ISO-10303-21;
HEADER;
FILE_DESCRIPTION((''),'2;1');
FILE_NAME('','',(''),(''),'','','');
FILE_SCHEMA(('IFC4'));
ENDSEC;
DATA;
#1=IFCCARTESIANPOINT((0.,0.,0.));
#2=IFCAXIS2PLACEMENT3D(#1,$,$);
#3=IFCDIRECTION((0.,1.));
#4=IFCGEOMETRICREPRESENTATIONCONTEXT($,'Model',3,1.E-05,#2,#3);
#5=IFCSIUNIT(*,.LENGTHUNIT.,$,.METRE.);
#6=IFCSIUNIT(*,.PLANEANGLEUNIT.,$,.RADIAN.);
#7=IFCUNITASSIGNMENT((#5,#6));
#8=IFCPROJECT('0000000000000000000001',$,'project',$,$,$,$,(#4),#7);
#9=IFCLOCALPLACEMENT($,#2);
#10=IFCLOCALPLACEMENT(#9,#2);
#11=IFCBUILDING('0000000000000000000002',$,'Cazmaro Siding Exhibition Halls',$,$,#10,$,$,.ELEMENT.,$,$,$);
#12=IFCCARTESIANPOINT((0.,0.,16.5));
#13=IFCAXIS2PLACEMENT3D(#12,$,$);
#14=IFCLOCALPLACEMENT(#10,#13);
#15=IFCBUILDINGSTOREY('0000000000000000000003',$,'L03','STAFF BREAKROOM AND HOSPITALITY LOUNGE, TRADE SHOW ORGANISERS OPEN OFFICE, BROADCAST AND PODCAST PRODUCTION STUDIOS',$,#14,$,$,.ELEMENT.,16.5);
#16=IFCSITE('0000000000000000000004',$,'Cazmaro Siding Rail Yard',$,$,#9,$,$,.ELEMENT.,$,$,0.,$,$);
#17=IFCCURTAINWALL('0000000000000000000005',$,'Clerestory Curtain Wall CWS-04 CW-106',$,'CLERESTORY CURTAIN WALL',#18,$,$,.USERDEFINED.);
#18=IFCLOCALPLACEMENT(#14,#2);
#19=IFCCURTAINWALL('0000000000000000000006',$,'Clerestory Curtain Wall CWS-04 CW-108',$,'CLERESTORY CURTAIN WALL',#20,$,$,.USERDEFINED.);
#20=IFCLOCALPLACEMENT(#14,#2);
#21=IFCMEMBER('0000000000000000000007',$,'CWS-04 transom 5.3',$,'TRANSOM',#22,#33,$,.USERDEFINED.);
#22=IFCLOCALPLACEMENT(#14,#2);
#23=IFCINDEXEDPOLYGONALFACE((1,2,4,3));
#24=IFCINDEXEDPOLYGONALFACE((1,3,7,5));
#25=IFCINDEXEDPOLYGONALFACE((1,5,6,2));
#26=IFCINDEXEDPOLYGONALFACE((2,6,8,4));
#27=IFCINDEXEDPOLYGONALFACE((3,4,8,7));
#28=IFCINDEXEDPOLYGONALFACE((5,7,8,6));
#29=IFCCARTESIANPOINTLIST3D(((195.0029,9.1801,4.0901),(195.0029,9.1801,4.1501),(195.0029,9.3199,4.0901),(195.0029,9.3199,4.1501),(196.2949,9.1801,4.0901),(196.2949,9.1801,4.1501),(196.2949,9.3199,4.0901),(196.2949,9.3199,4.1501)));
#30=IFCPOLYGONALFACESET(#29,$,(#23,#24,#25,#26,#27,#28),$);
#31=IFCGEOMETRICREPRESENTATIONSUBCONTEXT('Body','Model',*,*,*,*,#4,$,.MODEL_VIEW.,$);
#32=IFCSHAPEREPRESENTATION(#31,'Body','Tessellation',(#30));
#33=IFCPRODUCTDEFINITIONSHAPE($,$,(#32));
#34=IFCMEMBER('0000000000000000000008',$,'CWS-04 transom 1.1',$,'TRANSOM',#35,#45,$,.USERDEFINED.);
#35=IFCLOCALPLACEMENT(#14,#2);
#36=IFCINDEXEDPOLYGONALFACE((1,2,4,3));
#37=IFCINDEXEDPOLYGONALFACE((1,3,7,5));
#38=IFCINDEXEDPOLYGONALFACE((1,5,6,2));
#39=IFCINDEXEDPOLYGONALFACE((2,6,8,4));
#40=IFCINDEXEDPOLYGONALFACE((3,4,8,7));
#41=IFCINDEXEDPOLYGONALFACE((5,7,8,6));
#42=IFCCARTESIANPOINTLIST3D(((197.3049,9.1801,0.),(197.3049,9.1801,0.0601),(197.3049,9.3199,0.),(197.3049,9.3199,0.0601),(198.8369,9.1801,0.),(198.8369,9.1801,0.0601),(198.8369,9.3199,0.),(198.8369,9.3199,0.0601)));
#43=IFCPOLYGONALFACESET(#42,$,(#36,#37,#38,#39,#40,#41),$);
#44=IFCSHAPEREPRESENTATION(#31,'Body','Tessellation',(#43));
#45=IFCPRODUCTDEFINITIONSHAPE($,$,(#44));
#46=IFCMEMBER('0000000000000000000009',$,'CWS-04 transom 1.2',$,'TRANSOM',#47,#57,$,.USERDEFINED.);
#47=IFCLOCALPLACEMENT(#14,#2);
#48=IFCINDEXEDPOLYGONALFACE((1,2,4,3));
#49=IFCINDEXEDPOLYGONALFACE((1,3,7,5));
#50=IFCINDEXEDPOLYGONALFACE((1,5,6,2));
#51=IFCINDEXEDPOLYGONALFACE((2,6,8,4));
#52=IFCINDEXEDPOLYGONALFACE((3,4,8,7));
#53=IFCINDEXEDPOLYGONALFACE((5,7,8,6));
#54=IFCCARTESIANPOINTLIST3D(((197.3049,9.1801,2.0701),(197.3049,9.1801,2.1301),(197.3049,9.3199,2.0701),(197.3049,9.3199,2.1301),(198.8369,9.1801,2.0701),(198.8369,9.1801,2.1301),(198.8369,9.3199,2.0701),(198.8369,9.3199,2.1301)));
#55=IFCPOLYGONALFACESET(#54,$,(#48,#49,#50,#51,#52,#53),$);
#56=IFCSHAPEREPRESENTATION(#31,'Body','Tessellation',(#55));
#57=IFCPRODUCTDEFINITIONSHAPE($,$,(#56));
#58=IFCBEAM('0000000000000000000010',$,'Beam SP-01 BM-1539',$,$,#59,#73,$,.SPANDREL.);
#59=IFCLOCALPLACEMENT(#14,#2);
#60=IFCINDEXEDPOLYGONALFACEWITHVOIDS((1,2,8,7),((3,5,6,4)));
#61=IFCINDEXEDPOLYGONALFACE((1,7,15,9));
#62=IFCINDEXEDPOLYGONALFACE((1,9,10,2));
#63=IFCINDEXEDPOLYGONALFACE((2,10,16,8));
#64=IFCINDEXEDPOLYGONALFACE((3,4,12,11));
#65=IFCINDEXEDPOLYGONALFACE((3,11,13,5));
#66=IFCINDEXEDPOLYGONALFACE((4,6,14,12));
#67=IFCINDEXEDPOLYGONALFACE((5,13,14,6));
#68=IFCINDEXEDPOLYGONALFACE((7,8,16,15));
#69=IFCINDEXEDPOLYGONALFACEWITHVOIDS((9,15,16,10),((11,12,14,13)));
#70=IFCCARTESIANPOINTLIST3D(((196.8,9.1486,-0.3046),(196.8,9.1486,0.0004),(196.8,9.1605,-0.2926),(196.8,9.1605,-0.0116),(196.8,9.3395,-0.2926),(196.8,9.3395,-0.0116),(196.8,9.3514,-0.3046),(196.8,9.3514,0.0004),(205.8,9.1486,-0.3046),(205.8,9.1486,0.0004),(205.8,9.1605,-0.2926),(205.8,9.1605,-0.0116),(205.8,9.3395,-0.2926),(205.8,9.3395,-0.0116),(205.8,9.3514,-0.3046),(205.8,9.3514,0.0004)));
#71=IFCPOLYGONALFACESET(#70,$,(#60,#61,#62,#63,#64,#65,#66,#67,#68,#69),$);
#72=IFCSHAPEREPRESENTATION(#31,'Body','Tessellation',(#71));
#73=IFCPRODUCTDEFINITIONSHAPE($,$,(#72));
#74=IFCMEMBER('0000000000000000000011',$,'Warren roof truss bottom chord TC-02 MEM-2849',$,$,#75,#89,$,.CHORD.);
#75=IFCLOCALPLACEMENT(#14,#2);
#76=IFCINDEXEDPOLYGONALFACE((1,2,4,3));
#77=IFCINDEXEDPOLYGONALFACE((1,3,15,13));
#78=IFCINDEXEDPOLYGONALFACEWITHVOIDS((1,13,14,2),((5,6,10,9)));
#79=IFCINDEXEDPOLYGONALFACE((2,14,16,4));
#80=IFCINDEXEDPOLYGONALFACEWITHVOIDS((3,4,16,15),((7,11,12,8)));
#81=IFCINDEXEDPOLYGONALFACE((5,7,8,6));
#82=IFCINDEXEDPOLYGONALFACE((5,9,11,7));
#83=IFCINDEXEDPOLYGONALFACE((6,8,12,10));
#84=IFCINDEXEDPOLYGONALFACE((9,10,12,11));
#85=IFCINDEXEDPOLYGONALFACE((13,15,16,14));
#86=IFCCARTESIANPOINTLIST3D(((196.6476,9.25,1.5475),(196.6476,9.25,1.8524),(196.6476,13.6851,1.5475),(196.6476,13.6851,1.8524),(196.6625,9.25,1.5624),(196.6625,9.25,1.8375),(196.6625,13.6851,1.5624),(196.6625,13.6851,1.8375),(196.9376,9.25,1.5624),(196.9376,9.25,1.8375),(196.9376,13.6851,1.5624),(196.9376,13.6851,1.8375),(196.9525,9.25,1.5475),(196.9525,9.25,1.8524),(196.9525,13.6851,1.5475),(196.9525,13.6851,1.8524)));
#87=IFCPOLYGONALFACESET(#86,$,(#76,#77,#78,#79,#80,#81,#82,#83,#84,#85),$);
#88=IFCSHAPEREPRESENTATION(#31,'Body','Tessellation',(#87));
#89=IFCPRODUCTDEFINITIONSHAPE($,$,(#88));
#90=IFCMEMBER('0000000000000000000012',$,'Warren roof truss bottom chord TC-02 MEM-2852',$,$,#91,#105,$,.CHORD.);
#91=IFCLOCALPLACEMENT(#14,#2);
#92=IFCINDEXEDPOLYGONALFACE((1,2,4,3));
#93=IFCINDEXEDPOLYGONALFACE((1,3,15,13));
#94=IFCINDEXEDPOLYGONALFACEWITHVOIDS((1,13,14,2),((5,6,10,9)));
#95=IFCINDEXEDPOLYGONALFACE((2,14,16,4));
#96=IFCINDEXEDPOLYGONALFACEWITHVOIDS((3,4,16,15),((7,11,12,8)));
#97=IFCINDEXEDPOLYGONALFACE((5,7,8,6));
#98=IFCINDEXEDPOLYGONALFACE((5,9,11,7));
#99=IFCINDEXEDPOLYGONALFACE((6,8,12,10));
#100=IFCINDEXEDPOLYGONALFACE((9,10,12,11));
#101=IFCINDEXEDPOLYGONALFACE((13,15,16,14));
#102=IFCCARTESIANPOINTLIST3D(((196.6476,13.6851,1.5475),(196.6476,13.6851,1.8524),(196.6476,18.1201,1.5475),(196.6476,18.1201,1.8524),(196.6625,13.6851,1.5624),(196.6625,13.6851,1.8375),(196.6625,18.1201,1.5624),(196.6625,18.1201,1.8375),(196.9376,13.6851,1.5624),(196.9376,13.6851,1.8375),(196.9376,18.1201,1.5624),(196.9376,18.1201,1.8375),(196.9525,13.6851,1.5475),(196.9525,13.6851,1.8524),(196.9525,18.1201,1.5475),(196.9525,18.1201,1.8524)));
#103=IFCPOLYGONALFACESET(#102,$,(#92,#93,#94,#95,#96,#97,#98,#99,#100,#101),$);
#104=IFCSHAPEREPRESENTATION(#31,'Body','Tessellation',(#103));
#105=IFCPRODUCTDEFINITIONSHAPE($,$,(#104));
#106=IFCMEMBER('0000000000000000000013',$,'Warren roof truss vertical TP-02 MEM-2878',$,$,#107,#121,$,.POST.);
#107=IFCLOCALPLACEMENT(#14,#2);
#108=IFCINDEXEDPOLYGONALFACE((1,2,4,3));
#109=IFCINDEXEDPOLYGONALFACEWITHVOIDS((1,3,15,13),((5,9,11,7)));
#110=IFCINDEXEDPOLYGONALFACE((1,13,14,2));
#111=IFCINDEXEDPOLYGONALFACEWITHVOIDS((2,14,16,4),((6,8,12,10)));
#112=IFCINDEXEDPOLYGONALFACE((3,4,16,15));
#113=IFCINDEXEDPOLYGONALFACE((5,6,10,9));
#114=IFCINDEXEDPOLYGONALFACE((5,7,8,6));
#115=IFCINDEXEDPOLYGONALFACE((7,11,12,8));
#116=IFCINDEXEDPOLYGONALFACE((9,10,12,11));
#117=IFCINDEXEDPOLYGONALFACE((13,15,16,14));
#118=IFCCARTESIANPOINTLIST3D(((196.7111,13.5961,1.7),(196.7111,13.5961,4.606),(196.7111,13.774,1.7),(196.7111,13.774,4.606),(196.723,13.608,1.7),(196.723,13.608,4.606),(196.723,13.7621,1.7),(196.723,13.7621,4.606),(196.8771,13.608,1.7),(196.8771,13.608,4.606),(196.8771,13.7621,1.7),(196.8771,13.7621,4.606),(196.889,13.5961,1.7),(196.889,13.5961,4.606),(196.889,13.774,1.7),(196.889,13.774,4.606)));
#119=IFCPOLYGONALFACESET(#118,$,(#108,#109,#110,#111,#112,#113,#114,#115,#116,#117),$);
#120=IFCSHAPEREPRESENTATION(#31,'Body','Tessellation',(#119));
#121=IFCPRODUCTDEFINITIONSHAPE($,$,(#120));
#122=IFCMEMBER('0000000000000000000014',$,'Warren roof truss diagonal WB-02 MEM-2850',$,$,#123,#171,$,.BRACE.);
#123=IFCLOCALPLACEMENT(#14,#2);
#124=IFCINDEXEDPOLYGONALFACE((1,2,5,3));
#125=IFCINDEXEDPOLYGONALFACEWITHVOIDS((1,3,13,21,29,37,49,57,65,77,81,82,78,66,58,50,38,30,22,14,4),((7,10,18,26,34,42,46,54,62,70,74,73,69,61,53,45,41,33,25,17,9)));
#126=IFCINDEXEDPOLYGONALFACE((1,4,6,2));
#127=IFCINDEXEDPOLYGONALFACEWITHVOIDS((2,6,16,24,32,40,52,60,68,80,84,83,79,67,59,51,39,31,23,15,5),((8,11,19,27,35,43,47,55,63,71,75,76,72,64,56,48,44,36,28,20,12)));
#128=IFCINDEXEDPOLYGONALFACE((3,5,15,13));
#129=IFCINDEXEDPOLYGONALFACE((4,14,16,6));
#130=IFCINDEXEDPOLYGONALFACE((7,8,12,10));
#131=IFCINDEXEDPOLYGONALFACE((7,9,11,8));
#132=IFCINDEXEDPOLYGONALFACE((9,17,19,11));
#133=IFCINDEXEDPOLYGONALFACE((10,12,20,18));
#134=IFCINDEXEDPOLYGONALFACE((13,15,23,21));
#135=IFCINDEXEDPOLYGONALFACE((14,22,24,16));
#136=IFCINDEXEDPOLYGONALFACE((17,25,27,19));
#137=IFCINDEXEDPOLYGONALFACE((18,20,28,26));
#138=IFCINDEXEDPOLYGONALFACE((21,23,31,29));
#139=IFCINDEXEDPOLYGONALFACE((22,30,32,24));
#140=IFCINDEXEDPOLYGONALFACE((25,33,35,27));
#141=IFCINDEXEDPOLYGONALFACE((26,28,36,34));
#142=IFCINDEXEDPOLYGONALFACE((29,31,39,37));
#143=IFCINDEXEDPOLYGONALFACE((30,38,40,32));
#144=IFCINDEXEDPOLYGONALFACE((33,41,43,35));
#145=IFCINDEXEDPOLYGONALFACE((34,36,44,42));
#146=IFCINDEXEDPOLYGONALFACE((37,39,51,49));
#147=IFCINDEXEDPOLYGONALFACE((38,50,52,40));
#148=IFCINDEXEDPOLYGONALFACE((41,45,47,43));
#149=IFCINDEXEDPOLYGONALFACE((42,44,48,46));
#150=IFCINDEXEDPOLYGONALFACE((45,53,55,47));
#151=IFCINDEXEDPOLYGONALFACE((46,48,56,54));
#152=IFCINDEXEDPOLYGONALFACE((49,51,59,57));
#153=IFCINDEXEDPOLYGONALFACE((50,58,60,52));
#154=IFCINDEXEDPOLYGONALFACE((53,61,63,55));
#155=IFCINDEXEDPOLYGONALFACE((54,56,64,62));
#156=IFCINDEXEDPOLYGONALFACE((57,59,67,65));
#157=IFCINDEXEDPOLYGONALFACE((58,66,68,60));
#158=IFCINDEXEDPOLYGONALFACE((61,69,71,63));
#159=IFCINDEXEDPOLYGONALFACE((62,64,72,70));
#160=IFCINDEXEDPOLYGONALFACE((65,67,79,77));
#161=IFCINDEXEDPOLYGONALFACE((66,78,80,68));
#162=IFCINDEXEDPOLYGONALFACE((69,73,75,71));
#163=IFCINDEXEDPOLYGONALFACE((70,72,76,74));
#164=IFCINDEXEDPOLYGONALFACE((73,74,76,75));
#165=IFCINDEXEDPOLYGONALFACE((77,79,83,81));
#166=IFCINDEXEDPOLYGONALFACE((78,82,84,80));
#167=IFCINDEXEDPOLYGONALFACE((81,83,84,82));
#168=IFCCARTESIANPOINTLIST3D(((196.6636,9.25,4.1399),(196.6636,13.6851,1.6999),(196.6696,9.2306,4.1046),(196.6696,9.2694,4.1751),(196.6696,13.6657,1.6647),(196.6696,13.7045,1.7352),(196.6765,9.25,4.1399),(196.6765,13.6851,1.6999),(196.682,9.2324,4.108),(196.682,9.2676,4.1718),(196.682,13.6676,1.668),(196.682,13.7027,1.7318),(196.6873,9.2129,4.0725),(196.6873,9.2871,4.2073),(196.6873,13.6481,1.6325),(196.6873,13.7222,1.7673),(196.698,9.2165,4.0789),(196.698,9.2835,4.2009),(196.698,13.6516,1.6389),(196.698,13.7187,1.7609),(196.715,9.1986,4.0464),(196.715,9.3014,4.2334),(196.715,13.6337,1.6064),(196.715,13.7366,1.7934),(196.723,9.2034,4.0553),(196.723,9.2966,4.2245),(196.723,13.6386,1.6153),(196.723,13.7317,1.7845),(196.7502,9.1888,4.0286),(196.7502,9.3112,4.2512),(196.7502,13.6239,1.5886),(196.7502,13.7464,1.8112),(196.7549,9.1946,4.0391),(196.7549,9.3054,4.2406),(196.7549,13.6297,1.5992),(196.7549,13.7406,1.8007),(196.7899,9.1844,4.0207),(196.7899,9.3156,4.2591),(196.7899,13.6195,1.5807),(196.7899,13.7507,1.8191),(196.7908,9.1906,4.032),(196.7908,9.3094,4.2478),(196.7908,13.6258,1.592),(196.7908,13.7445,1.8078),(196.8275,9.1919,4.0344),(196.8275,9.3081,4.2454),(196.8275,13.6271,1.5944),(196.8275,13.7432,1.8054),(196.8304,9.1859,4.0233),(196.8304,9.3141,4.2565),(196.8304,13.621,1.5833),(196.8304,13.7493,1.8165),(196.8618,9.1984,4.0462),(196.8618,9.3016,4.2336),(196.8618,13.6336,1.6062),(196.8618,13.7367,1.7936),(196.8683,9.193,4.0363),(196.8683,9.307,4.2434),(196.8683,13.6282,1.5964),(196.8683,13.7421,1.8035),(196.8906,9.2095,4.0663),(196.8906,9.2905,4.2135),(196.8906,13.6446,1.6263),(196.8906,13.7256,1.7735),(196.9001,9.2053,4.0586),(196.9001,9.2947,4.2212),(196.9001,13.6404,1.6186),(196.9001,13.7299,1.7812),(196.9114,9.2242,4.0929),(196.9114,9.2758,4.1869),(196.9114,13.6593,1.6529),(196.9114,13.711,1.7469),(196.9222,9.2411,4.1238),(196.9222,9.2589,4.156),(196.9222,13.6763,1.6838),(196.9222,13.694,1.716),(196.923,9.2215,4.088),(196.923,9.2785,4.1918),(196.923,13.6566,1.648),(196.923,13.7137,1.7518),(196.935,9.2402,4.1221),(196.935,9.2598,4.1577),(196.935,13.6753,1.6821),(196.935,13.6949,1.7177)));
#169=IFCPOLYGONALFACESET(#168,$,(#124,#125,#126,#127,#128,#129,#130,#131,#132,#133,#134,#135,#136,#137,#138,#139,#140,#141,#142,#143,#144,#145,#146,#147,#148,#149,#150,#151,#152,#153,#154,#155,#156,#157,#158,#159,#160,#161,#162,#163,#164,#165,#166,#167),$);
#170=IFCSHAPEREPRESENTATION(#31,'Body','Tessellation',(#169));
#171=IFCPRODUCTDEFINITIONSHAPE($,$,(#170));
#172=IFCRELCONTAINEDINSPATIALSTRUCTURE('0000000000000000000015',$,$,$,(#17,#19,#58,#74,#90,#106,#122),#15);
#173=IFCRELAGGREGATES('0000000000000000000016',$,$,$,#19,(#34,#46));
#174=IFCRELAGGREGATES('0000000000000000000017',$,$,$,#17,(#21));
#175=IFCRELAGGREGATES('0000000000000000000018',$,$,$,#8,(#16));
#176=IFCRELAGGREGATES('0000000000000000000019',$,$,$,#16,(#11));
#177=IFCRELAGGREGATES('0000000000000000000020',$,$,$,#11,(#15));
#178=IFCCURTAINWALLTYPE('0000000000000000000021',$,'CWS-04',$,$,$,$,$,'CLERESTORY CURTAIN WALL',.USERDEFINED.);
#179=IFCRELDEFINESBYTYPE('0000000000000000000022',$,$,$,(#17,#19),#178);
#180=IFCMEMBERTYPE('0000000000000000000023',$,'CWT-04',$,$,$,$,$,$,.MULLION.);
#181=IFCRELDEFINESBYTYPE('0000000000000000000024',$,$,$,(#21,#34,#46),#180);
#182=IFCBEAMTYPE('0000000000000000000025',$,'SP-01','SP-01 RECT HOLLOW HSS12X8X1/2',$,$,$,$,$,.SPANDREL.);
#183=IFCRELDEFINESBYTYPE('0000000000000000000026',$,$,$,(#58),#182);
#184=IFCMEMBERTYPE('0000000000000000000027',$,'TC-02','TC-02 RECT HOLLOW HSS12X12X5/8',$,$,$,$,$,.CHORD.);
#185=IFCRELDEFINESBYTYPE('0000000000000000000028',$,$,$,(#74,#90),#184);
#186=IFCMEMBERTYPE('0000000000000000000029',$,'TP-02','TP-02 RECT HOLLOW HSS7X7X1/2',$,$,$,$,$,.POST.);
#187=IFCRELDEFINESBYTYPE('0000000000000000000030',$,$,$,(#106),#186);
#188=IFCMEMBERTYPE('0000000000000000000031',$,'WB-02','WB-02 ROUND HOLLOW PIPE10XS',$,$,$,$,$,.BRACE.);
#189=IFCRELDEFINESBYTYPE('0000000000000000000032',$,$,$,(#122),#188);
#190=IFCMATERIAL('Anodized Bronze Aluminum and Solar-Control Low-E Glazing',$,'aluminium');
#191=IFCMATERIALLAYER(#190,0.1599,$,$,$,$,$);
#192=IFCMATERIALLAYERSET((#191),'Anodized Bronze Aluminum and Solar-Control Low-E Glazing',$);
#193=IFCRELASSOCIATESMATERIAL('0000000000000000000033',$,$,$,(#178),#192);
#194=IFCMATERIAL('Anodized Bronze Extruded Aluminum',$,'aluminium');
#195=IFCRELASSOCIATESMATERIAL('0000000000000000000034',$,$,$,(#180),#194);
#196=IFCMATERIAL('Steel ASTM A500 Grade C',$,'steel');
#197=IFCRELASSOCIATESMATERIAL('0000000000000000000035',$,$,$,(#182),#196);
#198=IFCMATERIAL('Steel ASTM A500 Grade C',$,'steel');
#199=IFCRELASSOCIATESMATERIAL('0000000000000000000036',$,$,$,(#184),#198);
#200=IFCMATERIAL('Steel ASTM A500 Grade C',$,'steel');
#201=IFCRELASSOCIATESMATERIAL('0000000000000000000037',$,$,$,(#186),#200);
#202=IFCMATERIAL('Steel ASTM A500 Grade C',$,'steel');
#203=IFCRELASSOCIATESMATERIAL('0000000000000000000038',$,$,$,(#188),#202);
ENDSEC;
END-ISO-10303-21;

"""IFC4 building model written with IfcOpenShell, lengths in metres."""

from ifc_helpers import new_model, si_unit, direction, frame, origin, origin_2d, place, context, subcontext, project, spatial, rectangle, hollow_rectangle, hollow_circle, extrude, material, layer, layer_set, material_profile, profile_set, type_object, element, aggregate, save


model = new_model("IFC4")

# Units and contexts
model_context = context("Model", 3, precision=1e-05, world=origin(), true_north=direction((0.0, 1.0)))
body_context = subcontext(model_context, "Body", "Model", "MODEL_VIEW")
ifc_project = project(units=[si_unit("LENGTHUNIT", "METRE"), si_unit("PLANEANGLEUNIT", "RADIAN")], contexts=[model_context])

# Site, building, storey
site_placement = place(None, origin())
site = spatial("IfcSite", under=ifc_project, at=site_placement, Name="Cazmaro Siding Rail Yard", CompositionType="ELEMENT", RefElevation=0.0)
building_placement = place(site_placement, origin())
building = spatial("IfcBuilding", under=site, at=building_placement, Name="Cazmaro Siding Exhibition Halls", CompositionType="ELEMENT")
storey_placement = place(building_placement, frame((0.0, 0.0, 16.5)))
storey = spatial("IfcBuildingStorey", under=building, at=storey_placement, Name="L03", Description="STAFF BREAKROOM AND HOSPITALITY LOUNGE, TRADE SHOW ORGANISERS OPEN OFFICE, BROADCAST AND PODCAST PRODUCTION STUDIOS", CompositionType="ELEMENT", Elevation=16.5)

# Curtain wall
ifc_material_1 = material(Name="Anodized Bronze Aluminum and Solar-Control Low-E Glazing", Category="aluminium")
ifc_layer_1 = layer(ifc_material_1, 0.1599)
ifc_layer_set_1 = layer_set([ifc_layer_1], Name="Anodized Bronze Aluminum and Solar-Control Low-E Glazing")
curtain_wall_type = type_object("IfcCurtainWallType", Name="CWS-04", ElementType="CLERESTORY CURTAIN WALL", PredefinedType="USERDEFINED", material=ifc_layer_set_1)
curtain_wall_1_placement = place(storey_placement, origin())
curtain_wall_1 = element("IfcCurtainWall", 1, at=curtain_wall_1_placement, inside=storey, type_object=curtain_wall_type, Name="Clerestory Curtain Wall CWS-04 CW-106", ObjectType="CLERESTORY CURTAIN WALL", PredefinedType="USERDEFINED")

# Curtain wall
curtain_wall_2_placement = place(storey_placement, origin())
curtain_wall_2 = element("IfcCurtainWall", 2, at=curtain_wall_2_placement, inside=storey, type_object=curtain_wall_type, Name="Clerestory Curtain Wall CWS-04 CW-108", ObjectType="CLERESTORY CURTAIN WALL", PredefinedType="USERDEFINED")

# Members
ifc_material_2 = material(Name="Anodized Bronze Extruded Aluminum", Category="aluminium")
ifc_material_profile_1 = material_profile(ifc_material_2, rectangle(XDim=0.1399, YDim=0.0601, at=origin_2d()), Name="CWT-04")
ifc_profile_set_1 = profile_set([ifc_material_profile_1], Name="Anodized Bronze Extruded Aluminum")
member_type_1 = type_object("IfcMemberType", Name="CWT-04", PredefinedType="MULLION", material=ifc_profile_set_1)
member_1_placement = place(storey_placement, frame((195.0029, 9.25, 4.1201), z_axis=(1.0, 0.0, 0.0), x_axis=(0.0, 1.0, 0.0)))
member_1 = element("IfcMember", 3, at=member_1_placement, type_object=member_type_1, Name="CWS-04 transom 5.3", ObjectType="TRANSOM", PredefinedType="USERDEFINED", context=body_context, shape_type="SweptSolid", body=[
    extrude(rectangle(XDim=0.1399, YDim=0.0601, at=origin_2d()), origin(), (0.0, 0.0, 1.0), 1.292),
])
member_2_placement = place(storey_placement, frame((197.3049, 9.25, 0.03), z_axis=(1.0, 0.0, 0.0), x_axis=(0.0, 1.0, 0.0)))
member_2 = element("IfcMember", 4, at=member_2_placement, type_object=member_type_1, Name="CWS-04 transom 1.1", ObjectType="TRANSOM", PredefinedType="USERDEFINED", context=body_context, shape_type="SweptSolid", body=[
    extrude(rectangle(XDim=0.1399, YDim=0.0601, at=origin_2d()), origin(), (0.0, 0.0, 1.0), 1.532),
])
member_3_placement = place(storey_placement, frame((197.3049, 9.25, 2.1001), z_axis=(1.0, 0.0, 0.0), x_axis=(0.0, 1.0, 0.0)))
member_3 = element("IfcMember", 5, at=member_3_placement, type_object=member_type_1, Name="CWS-04 transom 1.2", ObjectType="TRANSOM", PredefinedType="USERDEFINED", context=body_context, shape_type="SweptSolid", body=[
    extrude(rectangle(XDim=0.1399, YDim=0.0601, at=origin_2d()), origin(), (0.0, 0.0, 1.0), 1.532),
])
aggregate(curtain_wall_2, [member_2, member_3])

# Beam
ifc_material_3 = material(Name="Steel ASTM A500 Grade C", Category="steel")
ifc_material_profile_2 = material_profile(ifc_material_3, hollow_rectangle(XDim=0.2029, YDim=0.3049, WallThickness=0.012, at=origin_2d()), Name="HSS12X8X1/2")
ifc_profile_set_2 = profile_set([ifc_material_profile_2], Name="Steel ASTM A500 Grade C")
beam_type = type_object("IfcBeamType", Name="SP-01", Description="SP-01 RECT HOLLOW HSS12X8X1/2", PredefinedType="SPANDREL", material=ifc_profile_set_2)
beam_placement = place(storey_placement, frame((196.8, 9.25, -0.1521), z_axis=(1.0, 0.0, 0.0), x_axis=(0.0, 1.0, 0.0)))
element("IfcBeam", 6, at=beam_placement, inside=storey, type_object=beam_type, Name="Beam SP-01 BM-1539", PredefinedType="SPANDREL", context=body_context, shape_type="SweptSolid", body=[
    extrude(hollow_rectangle(XDim=0.2029, YDim=0.3049, WallThickness=0.012, at=origin_2d()), origin(), (0.0, 0.0, 1.0), 9.0),
])

# Members
ifc_material_4 = material(Name="Steel ASTM A500 Grade C", Category="steel")
ifc_material_profile_3 = material_profile(ifc_material_4, hollow_rectangle(XDim=0.3049, YDim=0.3049, WallThickness=0.0149, at=origin_2d()), Name="HSS12X12X5/8")
ifc_profile_set_3 = profile_set([ifc_material_profile_3], Name="Steel ASTM A500 Grade C")
member_type_2 = type_object("IfcMemberType", Name="TC-02", Description="TC-02 RECT HOLLOW HSS12X12X5/8", PredefinedType="CHORD", material=ifc_profile_set_3)
for number, where, z_axis, x_axis, name in (
    (7, (196.8, 9.25, 1.7), (0.0, 1.0, 0.0), (-1.0, 0.0, 0.0), "Warren roof truss bottom chord TC-02 MEM-2849"),
    (8, (196.8, 13.6851, 1.7), (0.0, 1.0, 0.0), (-1.0, 0.0, 0.0), "Warren roof truss bottom chord TC-02 MEM-2852"),
):
    element("IfcMember", number, at=place(storey_placement, frame(where, z_axis=z_axis, x_axis=x_axis)), inside=storey, type_object=member_type_2, Name=name, PredefinedType="CHORD", context=body_context, shape_type="SweptSolid", body=[
        extrude(hollow_rectangle(XDim=0.3049, YDim=0.3049, WallThickness=0.0149, at=origin_2d()), origin(), (0.0, 0.0, 1.0), 4.4351),
    ])
ifc_material_5 = material(Name="Steel ASTM A500 Grade C", Category="steel")
ifc_material_profile_4 = material_profile(ifc_material_5, hollow_rectangle(XDim=0.178, YDim=0.178, WallThickness=0.012, at=origin_2d()), Name="HSS7X7X1/2")
ifc_profile_set_4 = profile_set([ifc_material_profile_4], Name="Steel ASTM A500 Grade C")
member_type_3 = type_object("IfcMemberType", Name="TP-02", Description="TP-02 RECT HOLLOW HSS7X7X1/2", PredefinedType="POST", material=ifc_profile_set_4)
member_4_placement = place(storey_placement, frame((196.8, 13.6851, 1.7), z_axis=(0.0, 0.0, 1.0), x_axis=(1.0, 0.0, 0.0)))
element("IfcMember", 9, at=member_4_placement, inside=storey, type_object=member_type_3, Name="Warren roof truss vertical TP-02 MEM-2878", PredefinedType="POST", context=body_context, shape_type="SweptSolid", body=[
    extrude(hollow_rectangle(XDim=0.178, YDim=0.178, WallThickness=0.012, at=origin_2d()), origin(), (0.0, 0.0, 1.0), 2.906),
])
ifc_material_6 = material(Name="Steel ASTM A500 Grade C", Category="steel")
ifc_material_profile_5 = material_profile(ifc_material_6, hollow_circle(Radius=0.1365, WallThickness=0.0129, at=origin_2d()), Name="PIPE10XS")
ifc_profile_set_5 = profile_set([ifc_material_profile_5], Name="Steel ASTM A500 Grade C")
member_type_4 = type_object("IfcMemberType", Name="WB-02", Description="WB-02 ROUND HOLLOW PIPE10XS", PredefinedType="BRACE", material=ifc_profile_set_5)
member_5_placement = place(storey_placement, frame((196.8, 9.25, 4.1399), z_axis=(0.0, 0.876161, -0.482019), x_axis=(-1.0, 0.0, 0.0)))
element("IfcMember", 10, at=member_5_placement, inside=storey, type_object=member_type_4, Name="Warren roof truss diagonal WB-02 MEM-2850", PredefinedType="BRACE", context=body_context, shape_type="SweptSolid", body=[
    extrude(hollow_circle(Radius=0.1365, WallThickness=0.0129, at=origin_2d()), origin(), (0.0, 0.0, 1.0), 5.062),
])

aggregate(curtain_wall_1, [member_1])

save(model, "model.ifc")
